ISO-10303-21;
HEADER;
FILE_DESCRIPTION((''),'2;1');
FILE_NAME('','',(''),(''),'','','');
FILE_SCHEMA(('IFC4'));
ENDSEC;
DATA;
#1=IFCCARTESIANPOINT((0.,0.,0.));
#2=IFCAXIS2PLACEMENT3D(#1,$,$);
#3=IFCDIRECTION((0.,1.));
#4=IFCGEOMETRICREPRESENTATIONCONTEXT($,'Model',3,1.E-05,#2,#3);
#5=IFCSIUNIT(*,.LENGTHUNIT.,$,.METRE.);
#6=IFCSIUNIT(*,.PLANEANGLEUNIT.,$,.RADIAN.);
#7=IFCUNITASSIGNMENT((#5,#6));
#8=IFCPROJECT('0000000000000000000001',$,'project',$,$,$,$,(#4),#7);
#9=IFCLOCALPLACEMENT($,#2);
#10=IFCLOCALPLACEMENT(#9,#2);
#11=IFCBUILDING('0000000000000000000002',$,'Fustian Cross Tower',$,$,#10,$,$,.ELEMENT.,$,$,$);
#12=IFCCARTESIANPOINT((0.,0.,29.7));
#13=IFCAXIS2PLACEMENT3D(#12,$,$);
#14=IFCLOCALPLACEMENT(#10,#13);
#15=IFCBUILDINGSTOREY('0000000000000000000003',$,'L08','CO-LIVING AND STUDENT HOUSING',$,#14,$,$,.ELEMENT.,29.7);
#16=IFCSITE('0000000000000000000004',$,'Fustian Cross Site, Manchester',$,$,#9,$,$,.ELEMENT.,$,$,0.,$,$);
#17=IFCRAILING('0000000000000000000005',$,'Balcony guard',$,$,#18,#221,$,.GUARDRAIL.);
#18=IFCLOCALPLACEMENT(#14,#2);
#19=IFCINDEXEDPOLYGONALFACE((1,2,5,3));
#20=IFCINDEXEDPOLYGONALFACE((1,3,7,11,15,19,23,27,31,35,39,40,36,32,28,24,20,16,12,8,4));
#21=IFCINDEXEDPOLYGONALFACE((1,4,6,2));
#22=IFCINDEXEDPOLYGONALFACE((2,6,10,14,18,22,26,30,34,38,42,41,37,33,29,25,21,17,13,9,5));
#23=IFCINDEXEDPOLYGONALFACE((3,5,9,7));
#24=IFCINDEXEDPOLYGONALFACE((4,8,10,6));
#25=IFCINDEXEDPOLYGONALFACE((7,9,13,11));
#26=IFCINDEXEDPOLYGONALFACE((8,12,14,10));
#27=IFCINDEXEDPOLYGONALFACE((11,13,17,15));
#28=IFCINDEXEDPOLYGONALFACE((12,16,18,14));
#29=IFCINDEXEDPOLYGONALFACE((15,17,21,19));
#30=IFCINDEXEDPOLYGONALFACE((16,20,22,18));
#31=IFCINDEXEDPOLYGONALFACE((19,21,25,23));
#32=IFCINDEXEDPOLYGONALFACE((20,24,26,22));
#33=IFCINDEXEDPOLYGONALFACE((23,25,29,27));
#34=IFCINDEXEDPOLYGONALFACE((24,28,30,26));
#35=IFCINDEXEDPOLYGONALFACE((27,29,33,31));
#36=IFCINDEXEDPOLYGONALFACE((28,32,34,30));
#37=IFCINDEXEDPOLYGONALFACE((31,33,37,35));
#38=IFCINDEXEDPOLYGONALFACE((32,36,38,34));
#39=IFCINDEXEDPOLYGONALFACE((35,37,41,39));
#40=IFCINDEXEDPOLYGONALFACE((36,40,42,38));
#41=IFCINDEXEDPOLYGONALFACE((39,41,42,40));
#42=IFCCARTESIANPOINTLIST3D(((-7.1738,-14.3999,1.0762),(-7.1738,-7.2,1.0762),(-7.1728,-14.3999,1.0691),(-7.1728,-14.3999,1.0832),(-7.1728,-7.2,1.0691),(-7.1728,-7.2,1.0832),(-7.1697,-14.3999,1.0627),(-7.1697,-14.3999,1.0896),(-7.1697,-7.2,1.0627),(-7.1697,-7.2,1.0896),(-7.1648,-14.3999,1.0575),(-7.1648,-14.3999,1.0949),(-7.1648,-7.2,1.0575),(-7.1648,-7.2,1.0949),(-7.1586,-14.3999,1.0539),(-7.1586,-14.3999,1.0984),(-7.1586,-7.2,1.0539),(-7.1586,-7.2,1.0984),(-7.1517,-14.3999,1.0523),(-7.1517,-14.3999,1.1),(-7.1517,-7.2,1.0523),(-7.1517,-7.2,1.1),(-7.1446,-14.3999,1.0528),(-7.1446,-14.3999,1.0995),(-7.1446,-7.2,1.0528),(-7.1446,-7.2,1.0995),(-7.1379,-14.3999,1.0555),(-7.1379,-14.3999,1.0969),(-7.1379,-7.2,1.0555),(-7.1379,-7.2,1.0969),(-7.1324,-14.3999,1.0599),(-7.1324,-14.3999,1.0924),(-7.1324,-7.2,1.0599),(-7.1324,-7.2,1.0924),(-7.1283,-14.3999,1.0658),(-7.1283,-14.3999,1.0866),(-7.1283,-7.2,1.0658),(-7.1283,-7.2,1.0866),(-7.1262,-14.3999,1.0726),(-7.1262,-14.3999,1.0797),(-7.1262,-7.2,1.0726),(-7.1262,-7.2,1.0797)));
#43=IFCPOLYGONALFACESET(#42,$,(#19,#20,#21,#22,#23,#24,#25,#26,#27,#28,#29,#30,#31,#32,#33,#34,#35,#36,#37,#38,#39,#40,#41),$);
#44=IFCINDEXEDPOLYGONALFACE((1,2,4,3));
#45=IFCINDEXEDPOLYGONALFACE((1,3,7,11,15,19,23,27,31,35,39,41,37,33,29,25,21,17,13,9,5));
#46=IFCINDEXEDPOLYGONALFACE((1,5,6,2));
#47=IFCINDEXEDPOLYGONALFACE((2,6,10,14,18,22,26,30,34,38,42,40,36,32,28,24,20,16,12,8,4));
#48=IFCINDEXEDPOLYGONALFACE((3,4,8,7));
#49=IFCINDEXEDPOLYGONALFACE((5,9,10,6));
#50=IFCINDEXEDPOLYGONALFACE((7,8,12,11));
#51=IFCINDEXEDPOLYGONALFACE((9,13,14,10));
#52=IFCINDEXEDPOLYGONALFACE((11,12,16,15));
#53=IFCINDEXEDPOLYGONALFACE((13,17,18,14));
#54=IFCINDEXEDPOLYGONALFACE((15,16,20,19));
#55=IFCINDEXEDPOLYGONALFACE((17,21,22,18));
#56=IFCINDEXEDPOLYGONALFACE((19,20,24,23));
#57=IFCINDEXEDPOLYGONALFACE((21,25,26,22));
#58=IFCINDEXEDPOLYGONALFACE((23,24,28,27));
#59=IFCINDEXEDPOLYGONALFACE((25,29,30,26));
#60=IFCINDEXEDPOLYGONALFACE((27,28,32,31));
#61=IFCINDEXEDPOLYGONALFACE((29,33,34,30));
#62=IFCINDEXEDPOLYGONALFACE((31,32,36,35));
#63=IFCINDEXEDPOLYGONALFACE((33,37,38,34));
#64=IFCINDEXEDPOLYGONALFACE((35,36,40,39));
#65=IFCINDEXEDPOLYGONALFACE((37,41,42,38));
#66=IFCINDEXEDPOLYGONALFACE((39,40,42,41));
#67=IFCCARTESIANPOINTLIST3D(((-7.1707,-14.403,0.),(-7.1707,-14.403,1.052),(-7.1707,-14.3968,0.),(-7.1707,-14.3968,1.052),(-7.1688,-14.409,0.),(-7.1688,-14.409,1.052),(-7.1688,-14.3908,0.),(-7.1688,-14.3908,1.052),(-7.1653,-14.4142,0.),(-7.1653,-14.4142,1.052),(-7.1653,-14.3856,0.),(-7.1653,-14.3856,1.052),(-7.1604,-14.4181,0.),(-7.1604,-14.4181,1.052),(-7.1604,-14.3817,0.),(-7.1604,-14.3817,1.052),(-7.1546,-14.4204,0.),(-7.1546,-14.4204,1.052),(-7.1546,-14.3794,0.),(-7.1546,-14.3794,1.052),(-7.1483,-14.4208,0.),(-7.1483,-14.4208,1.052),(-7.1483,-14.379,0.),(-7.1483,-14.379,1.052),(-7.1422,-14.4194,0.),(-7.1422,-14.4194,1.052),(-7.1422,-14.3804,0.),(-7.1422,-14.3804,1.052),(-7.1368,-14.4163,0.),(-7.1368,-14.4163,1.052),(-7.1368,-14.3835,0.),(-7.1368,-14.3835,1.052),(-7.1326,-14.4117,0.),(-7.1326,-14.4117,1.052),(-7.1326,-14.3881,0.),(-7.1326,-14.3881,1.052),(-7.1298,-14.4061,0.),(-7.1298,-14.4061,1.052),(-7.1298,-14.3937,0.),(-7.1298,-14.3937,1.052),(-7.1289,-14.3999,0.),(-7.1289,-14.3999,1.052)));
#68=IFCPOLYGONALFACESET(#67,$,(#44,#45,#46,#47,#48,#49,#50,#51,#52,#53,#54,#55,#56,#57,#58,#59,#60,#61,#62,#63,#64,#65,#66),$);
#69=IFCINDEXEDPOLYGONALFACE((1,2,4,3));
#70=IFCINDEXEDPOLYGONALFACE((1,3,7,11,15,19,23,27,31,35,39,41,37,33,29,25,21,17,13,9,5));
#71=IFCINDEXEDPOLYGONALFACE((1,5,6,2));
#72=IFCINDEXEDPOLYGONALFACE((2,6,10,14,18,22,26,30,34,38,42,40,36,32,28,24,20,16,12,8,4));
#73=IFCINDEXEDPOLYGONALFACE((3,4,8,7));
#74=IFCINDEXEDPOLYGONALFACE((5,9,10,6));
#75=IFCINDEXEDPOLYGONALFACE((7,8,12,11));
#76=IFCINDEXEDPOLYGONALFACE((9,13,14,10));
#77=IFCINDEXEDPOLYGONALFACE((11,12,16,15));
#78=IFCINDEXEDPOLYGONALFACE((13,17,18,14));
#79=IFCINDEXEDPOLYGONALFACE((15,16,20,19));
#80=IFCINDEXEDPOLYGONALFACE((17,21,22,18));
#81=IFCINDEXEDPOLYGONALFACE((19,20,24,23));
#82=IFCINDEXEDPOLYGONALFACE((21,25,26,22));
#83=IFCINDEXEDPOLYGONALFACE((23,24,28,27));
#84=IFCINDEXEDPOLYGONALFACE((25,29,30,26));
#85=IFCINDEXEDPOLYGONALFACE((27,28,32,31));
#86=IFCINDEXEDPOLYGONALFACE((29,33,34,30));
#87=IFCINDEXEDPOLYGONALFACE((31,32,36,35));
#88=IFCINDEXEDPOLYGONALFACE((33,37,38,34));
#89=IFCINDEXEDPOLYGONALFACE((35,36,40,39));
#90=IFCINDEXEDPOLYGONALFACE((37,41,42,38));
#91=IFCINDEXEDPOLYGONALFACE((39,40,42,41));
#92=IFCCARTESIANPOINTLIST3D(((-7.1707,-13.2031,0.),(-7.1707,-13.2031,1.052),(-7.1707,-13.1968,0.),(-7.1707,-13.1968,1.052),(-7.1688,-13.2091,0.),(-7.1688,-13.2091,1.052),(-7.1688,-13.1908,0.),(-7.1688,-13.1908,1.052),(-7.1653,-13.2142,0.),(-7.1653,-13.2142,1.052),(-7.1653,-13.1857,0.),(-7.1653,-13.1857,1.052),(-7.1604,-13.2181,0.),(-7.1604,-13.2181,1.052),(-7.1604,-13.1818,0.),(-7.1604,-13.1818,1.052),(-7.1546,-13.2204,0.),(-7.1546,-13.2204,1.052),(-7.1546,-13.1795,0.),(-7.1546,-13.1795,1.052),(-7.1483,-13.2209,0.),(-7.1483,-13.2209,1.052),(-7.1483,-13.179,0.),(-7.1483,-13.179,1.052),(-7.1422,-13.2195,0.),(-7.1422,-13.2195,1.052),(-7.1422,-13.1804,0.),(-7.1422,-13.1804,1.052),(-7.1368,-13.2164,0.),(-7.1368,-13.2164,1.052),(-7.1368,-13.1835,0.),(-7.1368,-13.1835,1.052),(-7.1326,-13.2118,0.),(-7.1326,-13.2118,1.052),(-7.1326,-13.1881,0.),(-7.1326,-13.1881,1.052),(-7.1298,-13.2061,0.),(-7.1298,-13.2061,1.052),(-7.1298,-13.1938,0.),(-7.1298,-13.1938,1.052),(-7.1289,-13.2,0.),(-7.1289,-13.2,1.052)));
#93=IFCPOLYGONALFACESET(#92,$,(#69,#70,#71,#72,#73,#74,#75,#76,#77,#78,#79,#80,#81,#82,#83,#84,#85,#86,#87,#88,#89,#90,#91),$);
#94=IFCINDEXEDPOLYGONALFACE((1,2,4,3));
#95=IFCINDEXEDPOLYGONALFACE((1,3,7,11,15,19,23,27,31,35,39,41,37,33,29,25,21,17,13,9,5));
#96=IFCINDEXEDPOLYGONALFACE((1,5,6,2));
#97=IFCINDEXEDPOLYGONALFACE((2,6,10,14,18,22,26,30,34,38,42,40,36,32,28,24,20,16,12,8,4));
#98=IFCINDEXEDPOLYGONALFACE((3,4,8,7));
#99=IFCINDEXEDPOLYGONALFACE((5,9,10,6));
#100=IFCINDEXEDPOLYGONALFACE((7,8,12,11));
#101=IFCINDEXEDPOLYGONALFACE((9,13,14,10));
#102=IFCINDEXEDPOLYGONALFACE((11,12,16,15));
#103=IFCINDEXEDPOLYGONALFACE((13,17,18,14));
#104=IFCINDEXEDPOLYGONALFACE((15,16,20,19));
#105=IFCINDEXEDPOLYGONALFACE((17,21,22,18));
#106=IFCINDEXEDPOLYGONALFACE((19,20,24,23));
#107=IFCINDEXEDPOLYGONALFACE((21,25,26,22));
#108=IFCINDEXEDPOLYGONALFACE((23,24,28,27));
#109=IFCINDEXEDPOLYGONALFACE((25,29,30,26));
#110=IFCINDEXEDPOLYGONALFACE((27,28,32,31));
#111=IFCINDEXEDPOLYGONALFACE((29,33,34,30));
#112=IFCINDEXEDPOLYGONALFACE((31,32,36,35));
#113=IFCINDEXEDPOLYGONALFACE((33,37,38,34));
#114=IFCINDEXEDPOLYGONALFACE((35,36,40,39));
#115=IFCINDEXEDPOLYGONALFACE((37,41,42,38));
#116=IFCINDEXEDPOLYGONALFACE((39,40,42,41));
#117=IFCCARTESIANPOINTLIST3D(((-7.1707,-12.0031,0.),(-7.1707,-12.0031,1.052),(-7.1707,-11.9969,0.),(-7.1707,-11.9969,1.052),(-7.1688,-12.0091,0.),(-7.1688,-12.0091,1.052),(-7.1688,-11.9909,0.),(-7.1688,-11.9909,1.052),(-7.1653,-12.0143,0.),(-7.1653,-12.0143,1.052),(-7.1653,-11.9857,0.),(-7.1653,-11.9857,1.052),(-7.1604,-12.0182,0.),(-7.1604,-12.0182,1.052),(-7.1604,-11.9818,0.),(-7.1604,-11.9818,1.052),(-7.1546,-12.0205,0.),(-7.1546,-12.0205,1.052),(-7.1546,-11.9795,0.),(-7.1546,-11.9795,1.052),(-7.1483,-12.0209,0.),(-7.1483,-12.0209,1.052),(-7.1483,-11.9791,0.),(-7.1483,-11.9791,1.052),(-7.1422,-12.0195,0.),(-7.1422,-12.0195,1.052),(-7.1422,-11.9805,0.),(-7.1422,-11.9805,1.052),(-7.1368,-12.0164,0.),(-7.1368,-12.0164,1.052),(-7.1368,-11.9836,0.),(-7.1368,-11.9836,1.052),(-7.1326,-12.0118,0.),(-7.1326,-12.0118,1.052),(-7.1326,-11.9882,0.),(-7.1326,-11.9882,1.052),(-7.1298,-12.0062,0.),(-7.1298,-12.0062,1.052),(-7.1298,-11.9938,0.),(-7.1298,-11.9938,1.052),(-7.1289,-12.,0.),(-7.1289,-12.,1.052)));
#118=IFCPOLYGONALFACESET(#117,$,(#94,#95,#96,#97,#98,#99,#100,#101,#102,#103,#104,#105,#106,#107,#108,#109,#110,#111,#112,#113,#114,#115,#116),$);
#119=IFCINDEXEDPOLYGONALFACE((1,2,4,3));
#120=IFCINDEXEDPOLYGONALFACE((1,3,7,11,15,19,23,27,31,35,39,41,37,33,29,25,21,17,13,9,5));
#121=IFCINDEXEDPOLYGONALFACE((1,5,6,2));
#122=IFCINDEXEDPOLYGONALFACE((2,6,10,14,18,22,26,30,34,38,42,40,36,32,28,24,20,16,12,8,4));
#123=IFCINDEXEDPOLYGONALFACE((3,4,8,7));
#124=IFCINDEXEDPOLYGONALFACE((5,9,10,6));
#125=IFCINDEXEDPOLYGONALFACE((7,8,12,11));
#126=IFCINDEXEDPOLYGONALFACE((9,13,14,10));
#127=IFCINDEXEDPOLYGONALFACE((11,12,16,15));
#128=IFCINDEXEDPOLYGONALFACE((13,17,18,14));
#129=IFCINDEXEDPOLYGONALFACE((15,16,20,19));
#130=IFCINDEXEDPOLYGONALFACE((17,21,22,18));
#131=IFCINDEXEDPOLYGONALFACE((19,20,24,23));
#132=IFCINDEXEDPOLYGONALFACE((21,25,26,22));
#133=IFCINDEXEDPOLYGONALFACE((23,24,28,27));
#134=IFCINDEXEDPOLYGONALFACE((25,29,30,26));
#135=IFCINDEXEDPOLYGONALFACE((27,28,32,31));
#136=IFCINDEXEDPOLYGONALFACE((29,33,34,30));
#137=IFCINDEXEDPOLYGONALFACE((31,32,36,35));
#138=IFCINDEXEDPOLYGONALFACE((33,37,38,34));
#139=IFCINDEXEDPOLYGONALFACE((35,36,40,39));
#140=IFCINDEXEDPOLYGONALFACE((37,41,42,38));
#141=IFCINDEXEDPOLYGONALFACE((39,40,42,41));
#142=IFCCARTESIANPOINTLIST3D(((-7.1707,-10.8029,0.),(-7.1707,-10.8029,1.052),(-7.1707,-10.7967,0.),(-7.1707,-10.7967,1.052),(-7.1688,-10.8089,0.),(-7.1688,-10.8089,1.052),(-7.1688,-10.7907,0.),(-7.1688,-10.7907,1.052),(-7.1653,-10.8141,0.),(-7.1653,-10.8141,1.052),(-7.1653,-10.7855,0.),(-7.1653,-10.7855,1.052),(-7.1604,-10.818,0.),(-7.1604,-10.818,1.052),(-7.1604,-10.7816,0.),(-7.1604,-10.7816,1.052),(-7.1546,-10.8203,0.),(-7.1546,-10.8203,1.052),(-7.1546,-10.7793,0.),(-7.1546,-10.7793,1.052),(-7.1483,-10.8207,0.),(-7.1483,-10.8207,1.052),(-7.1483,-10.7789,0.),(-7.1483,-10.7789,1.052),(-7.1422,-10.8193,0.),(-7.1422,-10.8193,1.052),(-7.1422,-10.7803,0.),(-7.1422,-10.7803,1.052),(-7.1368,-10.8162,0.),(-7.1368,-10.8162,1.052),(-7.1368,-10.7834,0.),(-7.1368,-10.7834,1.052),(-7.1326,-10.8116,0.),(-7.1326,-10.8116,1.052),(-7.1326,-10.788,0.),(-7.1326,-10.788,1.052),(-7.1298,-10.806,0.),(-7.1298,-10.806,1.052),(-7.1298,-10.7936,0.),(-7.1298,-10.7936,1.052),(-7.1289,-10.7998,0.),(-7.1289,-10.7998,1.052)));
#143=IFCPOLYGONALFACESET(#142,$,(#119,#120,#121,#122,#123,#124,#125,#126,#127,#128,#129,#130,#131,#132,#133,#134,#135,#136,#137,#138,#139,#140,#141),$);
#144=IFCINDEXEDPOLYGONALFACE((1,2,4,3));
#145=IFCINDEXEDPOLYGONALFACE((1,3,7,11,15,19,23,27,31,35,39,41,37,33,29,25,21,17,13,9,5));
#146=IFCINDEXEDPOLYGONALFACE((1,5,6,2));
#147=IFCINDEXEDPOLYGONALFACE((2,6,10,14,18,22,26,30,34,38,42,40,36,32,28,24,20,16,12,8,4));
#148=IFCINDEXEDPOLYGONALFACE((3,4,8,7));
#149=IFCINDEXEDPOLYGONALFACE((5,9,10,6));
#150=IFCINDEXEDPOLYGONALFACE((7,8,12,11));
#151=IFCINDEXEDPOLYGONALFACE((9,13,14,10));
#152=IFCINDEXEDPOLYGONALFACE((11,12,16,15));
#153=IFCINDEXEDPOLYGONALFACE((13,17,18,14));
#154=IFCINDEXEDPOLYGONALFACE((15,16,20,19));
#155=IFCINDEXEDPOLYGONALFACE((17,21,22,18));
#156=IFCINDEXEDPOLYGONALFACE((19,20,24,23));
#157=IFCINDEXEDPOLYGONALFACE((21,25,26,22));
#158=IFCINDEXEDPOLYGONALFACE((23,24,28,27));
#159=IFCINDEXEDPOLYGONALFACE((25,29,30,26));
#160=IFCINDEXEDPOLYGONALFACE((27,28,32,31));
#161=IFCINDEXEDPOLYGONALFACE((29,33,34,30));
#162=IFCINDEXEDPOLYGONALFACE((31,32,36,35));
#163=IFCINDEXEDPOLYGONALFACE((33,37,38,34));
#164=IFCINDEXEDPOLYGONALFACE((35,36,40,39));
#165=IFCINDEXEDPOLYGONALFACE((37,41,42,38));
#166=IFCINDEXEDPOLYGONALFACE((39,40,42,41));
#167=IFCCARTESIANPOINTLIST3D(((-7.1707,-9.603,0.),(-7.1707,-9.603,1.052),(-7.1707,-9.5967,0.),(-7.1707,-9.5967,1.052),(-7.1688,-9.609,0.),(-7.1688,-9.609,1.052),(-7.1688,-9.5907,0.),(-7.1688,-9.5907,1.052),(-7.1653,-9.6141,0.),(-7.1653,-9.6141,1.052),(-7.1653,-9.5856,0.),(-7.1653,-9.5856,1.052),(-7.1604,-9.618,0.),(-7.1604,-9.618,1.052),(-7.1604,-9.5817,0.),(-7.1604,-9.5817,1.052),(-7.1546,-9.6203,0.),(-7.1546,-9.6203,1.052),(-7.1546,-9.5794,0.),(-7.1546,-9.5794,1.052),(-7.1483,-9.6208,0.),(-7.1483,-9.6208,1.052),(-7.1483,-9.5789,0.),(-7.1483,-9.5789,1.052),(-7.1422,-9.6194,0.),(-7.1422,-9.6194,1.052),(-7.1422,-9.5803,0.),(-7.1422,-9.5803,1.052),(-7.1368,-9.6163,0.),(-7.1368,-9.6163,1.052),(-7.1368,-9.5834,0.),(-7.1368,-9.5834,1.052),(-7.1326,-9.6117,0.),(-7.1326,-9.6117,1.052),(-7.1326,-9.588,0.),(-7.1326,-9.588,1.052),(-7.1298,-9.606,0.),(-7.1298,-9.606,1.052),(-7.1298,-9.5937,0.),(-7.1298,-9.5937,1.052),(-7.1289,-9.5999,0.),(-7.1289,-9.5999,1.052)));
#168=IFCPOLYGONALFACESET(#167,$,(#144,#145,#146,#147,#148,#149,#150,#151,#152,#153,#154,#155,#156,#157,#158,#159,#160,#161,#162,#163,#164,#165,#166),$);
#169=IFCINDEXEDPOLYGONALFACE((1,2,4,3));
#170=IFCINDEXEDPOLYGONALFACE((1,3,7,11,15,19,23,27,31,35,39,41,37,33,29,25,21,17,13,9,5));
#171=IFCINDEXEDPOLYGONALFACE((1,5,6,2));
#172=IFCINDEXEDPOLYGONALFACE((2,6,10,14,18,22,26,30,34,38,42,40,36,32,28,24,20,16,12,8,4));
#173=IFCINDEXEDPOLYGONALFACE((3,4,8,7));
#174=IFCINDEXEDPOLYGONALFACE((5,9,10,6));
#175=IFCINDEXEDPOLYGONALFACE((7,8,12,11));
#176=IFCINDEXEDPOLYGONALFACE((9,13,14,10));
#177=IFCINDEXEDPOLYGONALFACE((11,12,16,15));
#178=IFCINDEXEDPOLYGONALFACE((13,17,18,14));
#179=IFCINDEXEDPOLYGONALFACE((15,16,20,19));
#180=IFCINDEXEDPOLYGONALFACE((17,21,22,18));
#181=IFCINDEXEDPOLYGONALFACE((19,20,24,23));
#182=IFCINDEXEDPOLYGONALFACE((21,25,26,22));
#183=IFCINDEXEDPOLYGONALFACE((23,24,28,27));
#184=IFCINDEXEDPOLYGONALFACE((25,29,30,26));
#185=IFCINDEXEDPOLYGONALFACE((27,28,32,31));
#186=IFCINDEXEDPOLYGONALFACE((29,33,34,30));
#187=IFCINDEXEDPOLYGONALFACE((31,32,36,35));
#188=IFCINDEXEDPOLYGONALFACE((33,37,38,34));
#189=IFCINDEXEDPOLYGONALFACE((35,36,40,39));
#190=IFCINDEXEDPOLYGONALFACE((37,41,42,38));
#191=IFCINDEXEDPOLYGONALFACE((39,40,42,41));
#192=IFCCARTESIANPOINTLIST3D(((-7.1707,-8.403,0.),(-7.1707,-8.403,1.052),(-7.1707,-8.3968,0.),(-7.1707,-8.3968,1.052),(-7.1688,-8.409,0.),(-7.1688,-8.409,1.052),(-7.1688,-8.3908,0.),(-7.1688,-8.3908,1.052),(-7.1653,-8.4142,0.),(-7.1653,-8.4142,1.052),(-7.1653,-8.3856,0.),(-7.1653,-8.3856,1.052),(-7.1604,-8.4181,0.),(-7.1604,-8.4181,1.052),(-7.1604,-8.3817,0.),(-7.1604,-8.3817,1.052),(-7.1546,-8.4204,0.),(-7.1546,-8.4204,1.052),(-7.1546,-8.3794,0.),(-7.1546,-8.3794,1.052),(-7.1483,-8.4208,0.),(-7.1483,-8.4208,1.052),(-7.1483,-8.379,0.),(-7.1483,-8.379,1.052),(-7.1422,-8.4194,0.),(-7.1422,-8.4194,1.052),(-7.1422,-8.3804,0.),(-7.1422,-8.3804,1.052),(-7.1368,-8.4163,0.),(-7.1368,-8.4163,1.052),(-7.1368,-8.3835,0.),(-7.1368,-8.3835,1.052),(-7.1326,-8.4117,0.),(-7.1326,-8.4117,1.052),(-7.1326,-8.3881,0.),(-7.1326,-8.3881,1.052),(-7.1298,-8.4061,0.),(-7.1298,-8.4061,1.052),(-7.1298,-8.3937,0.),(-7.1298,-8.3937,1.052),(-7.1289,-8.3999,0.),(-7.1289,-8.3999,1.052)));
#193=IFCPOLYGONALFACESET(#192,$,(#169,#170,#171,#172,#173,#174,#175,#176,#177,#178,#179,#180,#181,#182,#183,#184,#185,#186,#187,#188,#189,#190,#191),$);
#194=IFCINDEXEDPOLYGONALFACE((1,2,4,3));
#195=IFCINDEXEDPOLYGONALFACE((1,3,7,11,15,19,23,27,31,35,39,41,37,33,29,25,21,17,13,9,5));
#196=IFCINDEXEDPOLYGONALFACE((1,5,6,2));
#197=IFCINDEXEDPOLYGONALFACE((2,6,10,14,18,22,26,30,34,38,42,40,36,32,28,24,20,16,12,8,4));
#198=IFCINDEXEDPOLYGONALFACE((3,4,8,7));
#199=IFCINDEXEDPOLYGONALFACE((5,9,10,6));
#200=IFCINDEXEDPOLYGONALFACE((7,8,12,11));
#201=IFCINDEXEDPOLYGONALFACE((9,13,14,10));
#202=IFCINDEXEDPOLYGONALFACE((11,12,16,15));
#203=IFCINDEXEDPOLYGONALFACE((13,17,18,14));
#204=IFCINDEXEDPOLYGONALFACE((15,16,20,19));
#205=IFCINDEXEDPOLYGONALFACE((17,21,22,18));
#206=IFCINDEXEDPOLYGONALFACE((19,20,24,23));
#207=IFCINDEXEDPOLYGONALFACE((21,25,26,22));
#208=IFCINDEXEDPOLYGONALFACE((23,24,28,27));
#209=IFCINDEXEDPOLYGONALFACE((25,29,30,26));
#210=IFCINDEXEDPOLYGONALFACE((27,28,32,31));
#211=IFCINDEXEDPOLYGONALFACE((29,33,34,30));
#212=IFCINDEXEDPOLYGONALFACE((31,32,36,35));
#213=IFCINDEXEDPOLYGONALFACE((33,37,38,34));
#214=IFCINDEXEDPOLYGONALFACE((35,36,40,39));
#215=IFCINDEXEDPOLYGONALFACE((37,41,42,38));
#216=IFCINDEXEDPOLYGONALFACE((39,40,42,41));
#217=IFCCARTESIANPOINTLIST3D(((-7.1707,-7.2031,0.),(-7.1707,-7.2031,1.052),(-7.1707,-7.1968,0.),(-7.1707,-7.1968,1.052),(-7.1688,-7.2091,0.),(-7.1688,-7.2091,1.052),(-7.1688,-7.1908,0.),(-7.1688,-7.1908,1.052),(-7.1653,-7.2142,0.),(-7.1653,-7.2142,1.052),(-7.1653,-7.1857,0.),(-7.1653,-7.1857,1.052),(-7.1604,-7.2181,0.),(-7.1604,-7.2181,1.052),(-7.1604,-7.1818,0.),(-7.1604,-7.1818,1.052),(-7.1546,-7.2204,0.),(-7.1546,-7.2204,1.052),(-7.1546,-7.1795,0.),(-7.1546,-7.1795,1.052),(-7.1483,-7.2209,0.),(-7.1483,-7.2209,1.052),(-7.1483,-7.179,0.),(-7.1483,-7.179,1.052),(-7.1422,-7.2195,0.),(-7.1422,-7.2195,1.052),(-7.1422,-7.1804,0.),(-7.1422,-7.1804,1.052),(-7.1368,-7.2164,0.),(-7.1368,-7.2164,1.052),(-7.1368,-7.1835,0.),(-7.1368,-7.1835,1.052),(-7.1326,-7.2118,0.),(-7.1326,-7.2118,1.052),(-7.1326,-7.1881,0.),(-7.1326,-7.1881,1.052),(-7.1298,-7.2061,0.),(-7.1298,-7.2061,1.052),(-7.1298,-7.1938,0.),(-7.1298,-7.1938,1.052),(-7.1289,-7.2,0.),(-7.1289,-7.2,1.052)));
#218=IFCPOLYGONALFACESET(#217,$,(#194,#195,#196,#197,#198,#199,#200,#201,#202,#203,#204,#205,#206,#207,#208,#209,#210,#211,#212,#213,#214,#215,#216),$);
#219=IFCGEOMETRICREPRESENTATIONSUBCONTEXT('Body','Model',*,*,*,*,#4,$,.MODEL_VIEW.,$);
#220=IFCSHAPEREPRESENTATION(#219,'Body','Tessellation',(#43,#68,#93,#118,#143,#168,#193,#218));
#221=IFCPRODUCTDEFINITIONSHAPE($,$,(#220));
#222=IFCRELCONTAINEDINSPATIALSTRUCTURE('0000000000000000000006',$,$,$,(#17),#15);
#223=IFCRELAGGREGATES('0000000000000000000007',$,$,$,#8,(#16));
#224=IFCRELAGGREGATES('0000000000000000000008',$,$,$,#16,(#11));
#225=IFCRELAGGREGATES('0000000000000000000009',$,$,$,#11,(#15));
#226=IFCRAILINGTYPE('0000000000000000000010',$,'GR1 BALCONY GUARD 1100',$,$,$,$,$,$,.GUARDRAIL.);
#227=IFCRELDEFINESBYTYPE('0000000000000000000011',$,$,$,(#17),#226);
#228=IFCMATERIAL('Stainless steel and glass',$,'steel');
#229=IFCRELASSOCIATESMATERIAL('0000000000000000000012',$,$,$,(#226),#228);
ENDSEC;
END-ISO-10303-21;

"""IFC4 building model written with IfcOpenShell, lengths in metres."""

from ifc_helpers import new_model, si_unit, direction, frame, origin, origin_2d, place, context, subcontext, project, spatial, circle, extrude, material, type_object, element, save


model = new_model("IFC4")

# Units and contexts
model_context = context("Model", 3, precision=1e-05, world=origin(), true_north=direction((0.0, 1.0)))
body_context = subcontext(model_context, "Body", "Model", "MODEL_VIEW")
ifc_project = project(units=[si_unit("LENGTHUNIT", "METRE"), si_unit("PLANEANGLEUNIT", "RADIAN")], contexts=[model_context])

# Site, building, storey
site_placement = place(None, origin())
site = spatial("IfcSite", under=ifc_project, at=site_placement, Name="Fustian Cross Site, Manchester", CompositionType="ELEMENT", RefElevation=0.0)
building_placement = place(site_placement, origin())
building = spatial("IfcBuilding", under=site, at=building_placement, Name="Fustian Cross Tower", CompositionType="ELEMENT")
storey_placement = place(building_placement, frame((0.0, 0.0, 29.7)))
storey = spatial("IfcBuildingStorey", under=building, at=storey_placement, Name="L08", Description="CO-LIVING AND STUDENT HOUSING", CompositionType="ELEMENT", Elevation=29.7)

# Railing
ifc_material_1 = material(Name="Stainless steel and glass", Category="steel")
railing_type = type_object("IfcRailingType", Name="GR1 BALCONY GUARD 1100", PredefinedType="GUARDRAIL", material=ifc_material_1)
railing_placement = place(storey_placement, frame((-7.1499, -14.3999, 0.0)))
element("IfcRailing", 1, at=railing_placement, inside=storey, type_object=railing_type, Name="Balcony guard", PredefinedType="GUARDRAIL", context=body_context, shape_type="SweptSolid", body=[
    extrude(circle(Radius=0.0239, at=origin_2d()), frame((0.0, 0.0, 1.0762), z_axis=(0.0, 1.0, 0.0), x_axis=(-1.0, 0.0, 0.0)), (0.0, 0.0, 1.0), 7.2),
    extrude(circle(Radius=0.021, at=origin_2d()), origin(), (0.0, 0.0, 1.0), 1.052),
    extrude(circle(Radius=0.021, at=origin_2d()), frame((0.0, 1.2, 0.0)), (0.0, 0.0, 1.0), 1.052),
    extrude(circle(Radius=0.021, at=origin_2d()), frame((0.0, 2.3999, 0.0)), (0.0, 0.0, 1.0), 1.052),
    extrude(circle(Radius=0.021, at=origin_2d()), frame((0.0, 3.6001, 0.0)), (0.0, 0.0, 1.0), 1.052),
    extrude(circle(Radius=0.021, at=origin_2d()), frame((0.0, 4.8, 0.0)), (0.0, 0.0, 1.0), 1.052),
    extrude(circle(Radius=0.021, at=origin_2d()), frame((0.0, 6.0, 0.0)), (0.0, 0.0, 1.0), 1.052),
    extrude(circle(Radius=0.021, at=origin_2d()), frame((0.0, 7.2, 0.0)), (0.0, 0.0, 1.0), 1.052),
])

save(model, "model.ifc")
